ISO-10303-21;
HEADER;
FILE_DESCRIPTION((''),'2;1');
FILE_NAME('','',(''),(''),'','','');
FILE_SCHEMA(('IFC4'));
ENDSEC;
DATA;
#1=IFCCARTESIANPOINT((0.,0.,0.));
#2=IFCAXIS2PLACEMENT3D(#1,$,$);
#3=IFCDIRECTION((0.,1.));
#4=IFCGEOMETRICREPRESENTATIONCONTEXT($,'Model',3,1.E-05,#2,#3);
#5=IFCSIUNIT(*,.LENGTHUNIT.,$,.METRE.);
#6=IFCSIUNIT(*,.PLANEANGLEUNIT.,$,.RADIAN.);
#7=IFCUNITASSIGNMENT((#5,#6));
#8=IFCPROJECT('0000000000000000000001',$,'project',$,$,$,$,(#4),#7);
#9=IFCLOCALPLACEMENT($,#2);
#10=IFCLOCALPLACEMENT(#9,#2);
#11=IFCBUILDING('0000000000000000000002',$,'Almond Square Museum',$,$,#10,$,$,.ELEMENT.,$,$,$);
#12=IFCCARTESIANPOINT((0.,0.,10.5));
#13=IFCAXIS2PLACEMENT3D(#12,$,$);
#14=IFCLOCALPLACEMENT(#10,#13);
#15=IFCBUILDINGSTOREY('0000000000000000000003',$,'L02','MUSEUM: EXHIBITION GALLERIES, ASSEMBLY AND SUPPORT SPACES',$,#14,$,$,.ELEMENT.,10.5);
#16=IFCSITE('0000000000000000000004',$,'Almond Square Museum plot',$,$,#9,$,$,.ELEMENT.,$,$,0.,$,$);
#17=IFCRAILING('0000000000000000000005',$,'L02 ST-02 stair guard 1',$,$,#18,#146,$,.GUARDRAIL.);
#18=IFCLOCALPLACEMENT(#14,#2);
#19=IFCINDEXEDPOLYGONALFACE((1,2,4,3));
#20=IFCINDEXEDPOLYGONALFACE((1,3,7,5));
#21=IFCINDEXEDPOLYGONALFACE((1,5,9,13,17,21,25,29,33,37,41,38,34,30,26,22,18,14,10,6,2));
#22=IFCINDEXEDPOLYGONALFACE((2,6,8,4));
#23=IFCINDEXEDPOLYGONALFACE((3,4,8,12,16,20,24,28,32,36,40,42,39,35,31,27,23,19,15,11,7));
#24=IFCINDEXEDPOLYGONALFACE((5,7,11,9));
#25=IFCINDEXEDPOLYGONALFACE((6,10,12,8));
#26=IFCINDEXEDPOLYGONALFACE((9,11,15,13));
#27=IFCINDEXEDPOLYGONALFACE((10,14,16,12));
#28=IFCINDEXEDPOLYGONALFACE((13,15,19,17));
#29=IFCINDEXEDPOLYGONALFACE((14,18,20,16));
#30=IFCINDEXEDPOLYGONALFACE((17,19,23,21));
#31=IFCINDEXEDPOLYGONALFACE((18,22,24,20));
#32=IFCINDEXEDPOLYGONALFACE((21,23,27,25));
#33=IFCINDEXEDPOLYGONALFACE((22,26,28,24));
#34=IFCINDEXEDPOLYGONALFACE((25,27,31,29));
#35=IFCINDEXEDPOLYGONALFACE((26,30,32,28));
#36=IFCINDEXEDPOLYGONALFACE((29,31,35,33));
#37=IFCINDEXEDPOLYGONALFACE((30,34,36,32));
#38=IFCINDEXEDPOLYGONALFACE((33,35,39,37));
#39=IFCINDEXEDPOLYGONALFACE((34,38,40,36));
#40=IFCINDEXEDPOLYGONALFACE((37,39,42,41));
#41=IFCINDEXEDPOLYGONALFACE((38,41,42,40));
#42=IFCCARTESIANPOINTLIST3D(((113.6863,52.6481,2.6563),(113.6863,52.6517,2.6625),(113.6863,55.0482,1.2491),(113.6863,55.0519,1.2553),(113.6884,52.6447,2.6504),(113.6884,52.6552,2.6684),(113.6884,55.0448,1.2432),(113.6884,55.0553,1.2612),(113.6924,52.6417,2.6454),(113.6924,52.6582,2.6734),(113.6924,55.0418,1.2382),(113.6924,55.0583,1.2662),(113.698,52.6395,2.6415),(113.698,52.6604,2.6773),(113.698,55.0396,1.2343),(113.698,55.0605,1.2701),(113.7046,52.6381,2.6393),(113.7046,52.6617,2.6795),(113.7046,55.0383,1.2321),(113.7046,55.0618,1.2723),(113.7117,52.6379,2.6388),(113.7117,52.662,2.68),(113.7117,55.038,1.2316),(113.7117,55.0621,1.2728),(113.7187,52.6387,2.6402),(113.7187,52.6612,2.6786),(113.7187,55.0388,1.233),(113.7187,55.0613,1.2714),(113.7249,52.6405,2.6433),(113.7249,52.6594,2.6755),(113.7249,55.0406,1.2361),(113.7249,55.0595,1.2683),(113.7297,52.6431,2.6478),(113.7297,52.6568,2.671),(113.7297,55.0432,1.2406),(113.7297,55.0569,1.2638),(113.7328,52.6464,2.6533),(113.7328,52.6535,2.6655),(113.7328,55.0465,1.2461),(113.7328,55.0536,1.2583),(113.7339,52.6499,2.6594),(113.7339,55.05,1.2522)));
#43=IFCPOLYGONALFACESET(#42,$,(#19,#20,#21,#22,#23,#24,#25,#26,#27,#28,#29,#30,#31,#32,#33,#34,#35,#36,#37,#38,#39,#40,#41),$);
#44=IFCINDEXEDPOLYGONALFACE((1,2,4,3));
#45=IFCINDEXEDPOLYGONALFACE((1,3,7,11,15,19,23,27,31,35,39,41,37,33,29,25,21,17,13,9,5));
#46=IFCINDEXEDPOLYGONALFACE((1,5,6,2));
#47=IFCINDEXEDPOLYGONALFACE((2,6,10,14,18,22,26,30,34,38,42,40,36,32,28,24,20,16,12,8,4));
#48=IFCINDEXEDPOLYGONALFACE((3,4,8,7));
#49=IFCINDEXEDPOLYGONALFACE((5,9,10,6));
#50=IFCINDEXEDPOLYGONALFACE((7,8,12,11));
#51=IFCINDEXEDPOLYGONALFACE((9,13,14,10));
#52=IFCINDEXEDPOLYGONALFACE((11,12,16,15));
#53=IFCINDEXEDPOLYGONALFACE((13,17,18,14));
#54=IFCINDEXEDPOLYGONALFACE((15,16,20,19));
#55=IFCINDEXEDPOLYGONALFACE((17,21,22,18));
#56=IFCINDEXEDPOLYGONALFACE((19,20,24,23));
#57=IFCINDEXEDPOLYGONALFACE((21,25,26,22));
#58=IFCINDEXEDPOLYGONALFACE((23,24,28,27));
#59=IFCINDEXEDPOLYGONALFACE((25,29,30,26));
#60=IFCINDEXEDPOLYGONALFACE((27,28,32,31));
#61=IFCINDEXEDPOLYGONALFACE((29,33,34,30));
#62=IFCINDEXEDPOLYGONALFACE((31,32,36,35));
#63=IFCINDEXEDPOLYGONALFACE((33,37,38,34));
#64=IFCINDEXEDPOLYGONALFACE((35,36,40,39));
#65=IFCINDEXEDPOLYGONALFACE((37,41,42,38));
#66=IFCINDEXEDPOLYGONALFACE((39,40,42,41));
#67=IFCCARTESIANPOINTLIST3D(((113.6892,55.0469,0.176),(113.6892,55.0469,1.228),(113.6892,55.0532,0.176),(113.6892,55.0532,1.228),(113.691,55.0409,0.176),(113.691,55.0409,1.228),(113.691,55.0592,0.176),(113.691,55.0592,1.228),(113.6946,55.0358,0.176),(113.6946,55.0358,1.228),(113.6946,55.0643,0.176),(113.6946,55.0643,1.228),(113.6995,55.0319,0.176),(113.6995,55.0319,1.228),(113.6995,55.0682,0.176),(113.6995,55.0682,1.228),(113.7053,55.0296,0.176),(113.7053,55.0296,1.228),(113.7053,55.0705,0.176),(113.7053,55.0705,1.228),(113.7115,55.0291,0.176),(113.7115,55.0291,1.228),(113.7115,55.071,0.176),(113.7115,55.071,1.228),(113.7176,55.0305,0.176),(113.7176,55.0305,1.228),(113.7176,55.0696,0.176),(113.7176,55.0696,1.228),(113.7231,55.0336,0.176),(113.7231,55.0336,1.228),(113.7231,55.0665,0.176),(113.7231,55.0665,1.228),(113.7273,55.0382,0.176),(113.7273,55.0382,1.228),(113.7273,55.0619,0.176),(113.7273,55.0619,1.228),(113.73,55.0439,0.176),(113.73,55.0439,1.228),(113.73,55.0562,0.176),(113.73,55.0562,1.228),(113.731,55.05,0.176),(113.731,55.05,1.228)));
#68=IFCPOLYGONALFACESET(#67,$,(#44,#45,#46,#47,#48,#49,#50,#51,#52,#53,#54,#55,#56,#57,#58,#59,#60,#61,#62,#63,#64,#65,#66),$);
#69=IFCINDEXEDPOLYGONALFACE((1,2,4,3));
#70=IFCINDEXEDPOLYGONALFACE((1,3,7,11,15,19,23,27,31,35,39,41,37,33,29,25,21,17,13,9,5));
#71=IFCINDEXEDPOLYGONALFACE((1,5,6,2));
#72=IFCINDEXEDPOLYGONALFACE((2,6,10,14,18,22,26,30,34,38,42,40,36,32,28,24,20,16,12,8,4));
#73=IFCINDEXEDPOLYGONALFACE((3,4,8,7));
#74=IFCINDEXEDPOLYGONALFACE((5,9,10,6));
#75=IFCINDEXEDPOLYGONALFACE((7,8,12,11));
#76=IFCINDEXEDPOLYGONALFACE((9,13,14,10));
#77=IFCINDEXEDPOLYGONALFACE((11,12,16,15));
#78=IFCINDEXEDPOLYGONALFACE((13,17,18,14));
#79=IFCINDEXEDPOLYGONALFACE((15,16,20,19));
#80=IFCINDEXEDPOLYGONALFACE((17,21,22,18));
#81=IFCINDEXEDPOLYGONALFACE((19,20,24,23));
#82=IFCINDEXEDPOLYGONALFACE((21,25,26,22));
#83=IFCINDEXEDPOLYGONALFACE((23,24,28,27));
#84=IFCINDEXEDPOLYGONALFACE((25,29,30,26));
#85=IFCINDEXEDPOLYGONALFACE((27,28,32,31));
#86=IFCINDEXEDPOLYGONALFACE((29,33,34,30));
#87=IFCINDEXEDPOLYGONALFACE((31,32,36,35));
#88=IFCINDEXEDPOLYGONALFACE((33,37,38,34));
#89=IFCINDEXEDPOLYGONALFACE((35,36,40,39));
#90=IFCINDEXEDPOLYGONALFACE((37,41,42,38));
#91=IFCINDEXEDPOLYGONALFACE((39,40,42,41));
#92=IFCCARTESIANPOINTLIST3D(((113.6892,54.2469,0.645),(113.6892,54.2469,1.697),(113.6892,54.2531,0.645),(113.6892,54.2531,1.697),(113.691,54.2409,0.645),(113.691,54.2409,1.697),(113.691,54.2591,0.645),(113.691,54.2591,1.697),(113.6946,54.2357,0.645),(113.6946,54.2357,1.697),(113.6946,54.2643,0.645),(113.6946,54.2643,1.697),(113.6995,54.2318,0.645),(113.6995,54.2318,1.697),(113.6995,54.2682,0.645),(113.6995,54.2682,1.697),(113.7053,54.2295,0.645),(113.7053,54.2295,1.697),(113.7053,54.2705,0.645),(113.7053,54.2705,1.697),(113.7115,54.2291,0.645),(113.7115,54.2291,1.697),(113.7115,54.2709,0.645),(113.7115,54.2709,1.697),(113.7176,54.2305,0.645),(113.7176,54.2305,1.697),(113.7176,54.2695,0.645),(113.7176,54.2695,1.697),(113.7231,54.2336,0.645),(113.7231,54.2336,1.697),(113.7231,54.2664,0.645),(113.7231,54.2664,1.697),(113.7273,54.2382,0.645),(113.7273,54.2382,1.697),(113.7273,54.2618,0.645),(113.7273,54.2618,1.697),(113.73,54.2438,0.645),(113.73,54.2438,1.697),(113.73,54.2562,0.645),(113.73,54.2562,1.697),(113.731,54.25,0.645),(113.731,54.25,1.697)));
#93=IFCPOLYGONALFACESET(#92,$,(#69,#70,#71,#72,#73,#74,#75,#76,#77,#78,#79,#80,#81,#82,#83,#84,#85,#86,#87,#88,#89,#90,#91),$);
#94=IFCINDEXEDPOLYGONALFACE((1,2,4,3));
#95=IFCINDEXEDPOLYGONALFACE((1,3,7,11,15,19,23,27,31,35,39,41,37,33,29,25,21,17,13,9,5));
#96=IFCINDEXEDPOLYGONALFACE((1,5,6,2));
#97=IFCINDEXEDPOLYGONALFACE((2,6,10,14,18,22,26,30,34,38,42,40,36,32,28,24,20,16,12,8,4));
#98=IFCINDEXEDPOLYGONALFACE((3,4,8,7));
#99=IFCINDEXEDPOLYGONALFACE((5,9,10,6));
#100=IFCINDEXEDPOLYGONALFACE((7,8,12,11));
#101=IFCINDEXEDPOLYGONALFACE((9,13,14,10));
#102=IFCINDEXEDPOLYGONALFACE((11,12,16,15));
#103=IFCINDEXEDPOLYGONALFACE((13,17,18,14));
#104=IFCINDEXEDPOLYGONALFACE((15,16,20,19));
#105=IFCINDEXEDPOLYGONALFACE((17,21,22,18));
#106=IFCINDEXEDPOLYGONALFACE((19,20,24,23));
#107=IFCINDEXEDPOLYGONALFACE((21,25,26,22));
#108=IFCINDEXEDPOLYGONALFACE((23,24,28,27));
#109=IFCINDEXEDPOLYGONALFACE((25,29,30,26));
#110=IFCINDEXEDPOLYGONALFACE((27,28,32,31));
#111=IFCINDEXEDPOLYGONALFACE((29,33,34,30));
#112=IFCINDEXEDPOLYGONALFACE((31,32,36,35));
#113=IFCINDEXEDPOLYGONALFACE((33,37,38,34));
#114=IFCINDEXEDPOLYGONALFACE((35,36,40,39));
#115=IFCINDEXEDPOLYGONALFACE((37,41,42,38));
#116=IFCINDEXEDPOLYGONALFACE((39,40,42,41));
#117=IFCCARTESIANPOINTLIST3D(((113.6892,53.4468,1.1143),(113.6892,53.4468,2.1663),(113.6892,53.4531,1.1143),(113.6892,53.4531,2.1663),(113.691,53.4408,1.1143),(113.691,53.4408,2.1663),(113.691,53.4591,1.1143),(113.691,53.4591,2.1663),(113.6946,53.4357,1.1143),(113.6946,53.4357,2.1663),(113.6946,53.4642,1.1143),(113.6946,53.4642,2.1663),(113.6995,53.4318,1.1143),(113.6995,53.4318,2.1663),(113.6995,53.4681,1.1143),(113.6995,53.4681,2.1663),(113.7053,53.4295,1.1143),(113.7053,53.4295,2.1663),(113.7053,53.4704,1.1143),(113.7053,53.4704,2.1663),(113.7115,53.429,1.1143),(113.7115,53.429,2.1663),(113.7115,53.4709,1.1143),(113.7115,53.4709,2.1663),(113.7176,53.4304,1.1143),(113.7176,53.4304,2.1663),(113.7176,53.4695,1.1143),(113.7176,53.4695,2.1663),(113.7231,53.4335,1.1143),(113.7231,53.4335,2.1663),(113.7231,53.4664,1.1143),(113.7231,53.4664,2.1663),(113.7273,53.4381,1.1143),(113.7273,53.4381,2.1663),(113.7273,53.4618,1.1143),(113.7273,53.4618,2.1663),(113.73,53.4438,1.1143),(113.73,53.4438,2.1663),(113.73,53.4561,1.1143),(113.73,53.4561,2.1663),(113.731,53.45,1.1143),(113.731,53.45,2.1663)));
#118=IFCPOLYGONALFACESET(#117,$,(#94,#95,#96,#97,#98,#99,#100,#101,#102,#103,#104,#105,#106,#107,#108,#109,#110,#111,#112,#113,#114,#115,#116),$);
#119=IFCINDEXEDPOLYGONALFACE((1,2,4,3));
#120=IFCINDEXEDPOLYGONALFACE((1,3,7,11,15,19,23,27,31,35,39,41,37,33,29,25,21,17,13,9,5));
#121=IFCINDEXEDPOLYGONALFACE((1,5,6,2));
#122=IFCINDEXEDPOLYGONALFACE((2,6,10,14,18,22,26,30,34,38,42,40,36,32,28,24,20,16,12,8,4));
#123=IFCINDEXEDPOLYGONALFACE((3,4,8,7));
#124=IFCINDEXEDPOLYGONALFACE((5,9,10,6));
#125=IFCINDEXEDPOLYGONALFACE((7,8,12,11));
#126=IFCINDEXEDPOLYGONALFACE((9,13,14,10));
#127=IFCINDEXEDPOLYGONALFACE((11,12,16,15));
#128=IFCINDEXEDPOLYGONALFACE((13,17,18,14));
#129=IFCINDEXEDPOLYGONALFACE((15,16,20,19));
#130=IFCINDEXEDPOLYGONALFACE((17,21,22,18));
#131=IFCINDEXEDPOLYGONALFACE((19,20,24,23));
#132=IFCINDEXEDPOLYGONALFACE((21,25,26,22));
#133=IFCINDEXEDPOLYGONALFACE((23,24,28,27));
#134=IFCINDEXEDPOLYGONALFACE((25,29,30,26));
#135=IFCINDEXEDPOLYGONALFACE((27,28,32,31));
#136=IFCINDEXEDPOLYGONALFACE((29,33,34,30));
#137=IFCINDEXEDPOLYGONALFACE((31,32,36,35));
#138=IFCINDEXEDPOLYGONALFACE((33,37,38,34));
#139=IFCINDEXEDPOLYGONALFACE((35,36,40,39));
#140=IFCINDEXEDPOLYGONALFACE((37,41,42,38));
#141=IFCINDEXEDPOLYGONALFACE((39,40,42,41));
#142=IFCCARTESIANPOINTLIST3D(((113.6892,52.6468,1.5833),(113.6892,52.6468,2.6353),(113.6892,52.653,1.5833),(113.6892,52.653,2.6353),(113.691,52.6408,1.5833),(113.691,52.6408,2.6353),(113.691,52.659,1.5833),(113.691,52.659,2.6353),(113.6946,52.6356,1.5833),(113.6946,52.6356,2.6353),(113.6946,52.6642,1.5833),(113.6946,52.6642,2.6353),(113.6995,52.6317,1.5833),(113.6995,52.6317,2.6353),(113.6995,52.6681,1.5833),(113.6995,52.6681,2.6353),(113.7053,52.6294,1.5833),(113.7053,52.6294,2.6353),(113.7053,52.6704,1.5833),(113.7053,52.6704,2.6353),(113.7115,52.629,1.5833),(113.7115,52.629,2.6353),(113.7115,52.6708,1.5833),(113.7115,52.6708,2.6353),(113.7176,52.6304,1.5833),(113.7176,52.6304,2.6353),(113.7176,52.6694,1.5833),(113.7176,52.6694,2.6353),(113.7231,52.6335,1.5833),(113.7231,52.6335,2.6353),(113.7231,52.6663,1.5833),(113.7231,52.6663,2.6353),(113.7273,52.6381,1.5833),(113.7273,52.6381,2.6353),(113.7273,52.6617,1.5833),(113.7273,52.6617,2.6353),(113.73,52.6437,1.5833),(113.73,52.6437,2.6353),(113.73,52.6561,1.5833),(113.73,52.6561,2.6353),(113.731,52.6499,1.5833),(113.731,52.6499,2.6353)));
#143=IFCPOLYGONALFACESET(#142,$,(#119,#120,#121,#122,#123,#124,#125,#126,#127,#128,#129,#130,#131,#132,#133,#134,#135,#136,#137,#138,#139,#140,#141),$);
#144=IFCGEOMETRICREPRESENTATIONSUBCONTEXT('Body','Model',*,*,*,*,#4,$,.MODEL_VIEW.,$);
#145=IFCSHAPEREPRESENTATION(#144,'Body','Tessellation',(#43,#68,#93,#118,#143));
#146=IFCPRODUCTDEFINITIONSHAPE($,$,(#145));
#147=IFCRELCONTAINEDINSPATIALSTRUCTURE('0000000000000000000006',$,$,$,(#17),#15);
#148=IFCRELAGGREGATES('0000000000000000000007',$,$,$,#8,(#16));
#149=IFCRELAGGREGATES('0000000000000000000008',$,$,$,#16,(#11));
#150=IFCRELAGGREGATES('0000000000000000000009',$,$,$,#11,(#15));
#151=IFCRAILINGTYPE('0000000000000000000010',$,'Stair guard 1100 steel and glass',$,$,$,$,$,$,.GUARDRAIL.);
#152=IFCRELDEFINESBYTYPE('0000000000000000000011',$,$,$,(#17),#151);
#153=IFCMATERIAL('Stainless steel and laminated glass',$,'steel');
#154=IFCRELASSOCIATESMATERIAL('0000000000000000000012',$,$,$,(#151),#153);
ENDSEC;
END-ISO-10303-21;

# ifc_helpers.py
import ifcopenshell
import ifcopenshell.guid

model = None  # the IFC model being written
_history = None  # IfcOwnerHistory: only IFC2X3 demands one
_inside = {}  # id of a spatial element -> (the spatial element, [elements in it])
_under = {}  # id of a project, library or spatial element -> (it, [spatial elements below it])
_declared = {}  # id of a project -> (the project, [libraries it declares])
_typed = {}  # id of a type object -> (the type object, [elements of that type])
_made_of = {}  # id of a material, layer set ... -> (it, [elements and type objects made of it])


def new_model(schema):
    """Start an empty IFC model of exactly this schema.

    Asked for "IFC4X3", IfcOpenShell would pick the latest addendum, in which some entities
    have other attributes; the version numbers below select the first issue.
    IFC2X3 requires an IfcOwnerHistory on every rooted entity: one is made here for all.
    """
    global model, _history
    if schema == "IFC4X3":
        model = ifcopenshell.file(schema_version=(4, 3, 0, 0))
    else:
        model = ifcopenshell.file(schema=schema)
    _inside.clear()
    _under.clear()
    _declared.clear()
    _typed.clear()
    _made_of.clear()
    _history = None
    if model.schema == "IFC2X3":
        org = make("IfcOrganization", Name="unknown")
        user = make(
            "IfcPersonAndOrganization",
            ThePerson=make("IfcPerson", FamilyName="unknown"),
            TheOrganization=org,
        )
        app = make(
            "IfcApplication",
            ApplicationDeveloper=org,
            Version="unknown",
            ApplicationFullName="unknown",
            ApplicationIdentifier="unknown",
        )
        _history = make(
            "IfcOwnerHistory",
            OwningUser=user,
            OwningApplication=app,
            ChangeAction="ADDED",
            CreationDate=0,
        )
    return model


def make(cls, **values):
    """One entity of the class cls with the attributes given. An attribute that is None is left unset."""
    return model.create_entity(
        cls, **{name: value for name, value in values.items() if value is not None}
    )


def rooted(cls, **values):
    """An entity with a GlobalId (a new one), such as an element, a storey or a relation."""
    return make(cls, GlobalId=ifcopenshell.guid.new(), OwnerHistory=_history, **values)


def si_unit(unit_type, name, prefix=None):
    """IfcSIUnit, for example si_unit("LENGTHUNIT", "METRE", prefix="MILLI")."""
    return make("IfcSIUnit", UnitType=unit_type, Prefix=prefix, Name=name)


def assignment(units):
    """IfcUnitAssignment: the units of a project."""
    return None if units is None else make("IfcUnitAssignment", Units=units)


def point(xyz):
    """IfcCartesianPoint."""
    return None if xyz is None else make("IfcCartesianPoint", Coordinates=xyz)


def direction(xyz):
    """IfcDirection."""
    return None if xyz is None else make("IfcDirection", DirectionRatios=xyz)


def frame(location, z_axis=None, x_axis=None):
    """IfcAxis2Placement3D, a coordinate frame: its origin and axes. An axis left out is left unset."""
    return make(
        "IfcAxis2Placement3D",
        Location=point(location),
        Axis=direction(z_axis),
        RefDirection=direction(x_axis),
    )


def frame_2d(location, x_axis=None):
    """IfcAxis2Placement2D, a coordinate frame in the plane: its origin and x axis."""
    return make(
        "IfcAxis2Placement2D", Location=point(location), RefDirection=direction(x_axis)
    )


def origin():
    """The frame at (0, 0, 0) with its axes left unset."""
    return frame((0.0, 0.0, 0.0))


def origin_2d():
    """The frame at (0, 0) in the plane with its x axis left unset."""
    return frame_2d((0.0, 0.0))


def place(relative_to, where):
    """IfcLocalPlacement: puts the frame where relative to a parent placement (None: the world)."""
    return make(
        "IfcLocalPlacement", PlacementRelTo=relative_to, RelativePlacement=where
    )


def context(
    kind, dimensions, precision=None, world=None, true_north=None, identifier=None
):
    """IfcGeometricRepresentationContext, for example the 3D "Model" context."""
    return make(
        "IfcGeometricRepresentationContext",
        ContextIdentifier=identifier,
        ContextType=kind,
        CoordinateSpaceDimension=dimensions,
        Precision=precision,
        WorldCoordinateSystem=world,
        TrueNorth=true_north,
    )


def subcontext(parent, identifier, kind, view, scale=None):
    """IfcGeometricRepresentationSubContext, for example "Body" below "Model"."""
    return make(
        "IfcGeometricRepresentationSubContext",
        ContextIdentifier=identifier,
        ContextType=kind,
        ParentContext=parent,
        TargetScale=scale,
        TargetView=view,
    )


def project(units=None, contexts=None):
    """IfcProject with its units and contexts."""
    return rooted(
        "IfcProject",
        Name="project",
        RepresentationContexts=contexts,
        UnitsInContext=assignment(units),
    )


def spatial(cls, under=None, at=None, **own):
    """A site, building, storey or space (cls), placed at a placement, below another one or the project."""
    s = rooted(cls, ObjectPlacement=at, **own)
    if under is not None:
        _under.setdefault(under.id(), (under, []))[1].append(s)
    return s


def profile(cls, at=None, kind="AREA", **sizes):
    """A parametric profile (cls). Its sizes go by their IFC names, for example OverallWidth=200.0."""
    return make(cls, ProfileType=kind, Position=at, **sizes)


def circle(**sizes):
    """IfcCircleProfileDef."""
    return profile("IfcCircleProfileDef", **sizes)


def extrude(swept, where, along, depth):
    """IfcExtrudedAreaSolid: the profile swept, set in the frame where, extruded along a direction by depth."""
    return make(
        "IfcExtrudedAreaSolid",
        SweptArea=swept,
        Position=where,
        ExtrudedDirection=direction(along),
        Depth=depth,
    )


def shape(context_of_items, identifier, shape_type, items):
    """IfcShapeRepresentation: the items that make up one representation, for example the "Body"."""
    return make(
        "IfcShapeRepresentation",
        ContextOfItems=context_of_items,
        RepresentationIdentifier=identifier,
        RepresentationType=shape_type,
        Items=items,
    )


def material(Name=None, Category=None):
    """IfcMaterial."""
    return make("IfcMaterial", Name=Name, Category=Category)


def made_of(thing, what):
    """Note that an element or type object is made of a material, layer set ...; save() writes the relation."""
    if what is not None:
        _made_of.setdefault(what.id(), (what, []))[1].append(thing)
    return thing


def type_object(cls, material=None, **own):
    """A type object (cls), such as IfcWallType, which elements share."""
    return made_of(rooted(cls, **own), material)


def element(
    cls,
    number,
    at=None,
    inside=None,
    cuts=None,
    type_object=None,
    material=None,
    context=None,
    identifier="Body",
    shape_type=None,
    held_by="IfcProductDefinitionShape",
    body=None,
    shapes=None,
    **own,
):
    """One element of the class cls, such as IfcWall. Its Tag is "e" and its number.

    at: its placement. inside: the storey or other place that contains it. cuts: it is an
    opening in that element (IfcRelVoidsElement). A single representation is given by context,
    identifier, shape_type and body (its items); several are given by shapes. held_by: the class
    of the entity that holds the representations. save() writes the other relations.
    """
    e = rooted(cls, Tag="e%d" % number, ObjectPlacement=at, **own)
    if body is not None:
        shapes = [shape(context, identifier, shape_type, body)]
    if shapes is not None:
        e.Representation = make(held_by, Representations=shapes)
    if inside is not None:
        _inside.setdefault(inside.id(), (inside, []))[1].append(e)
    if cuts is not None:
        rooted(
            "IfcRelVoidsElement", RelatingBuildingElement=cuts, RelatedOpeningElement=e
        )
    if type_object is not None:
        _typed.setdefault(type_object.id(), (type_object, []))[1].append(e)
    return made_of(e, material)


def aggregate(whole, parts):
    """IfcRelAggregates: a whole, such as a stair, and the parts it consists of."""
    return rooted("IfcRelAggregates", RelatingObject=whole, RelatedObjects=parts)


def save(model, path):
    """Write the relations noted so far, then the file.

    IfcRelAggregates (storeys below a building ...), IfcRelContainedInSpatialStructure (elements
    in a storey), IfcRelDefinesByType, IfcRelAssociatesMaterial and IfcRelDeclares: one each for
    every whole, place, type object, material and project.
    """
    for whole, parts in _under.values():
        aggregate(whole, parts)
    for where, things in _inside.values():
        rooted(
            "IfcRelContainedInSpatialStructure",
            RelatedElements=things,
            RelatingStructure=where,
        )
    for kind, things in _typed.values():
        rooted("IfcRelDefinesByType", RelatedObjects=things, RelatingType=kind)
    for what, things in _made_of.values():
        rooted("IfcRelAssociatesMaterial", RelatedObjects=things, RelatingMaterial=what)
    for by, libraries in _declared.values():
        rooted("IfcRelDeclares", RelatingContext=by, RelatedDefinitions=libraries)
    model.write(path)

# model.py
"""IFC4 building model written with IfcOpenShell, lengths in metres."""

from ifc_helpers import new_model, si_unit, direction, frame, origin, origin_2d, place, context, subcontext, project, spatial, circle, extrude, material, type_object, element, save


model = new_model("IFC4")

# Units and contexts
model_context = context("Model", 3, precision=1e-05, world=origin(), true_north=direction((0.0, 1.0)))
body_context = subcontext(model_context, "Body", "Model", "MODEL_VIEW")
ifc_project = project(units=[si_unit("LENGTHUNIT", "METRE"), si_unit("PLANEANGLEUNIT", "RADIAN")], contexts=[model_context])

# Site, building, storey
site_placement = place(None, origin())
site = spatial("IfcSite", under=ifc_project, at=site_placement, Name="Almond Square Museum plot", CompositionType="ELEMENT", RefElevation=0.0)
building_placement = place(site_placement, origin())
building = spatial("IfcBuilding", under=site, at=building_placement, Name="Almond Square Museum", CompositionType="ELEMENT")
storey_placement = place(building_placement, frame((0.0, 0.0, 10.5)))
storey = spatial("IfcBuildingStorey", under=building, at=storey_placement, Name="L02", Description="MUSEUM: EXHIBITION GALLERIES, ASSEMBLY AND SUPPORT SPACES", CompositionType="ELEMENT", Elevation=10.5)

# Railing
ifc_material_1 = material(Name="Stainless steel and laminated glass", Category="steel")
railing_type_1 = type_object("IfcRailingType", Name="Stair guard 1100 steel and glass", PredefinedType="GUARDRAIL", material=ifc_material_1)
railing_1_placement = place(storey_placement, frame((113.71, 55.05, 0.176)))
element("IfcRailing", 1, at=railing_1_placement, inside=storey, type_object=railing_type_1, Name="L02 ST-02 stair guard 1", PredefinedType="GUARDRAIL", context=body_context, shape_type="SweptSolid", body=[
    extrude(circle(Radius=0.0239, at=origin_2d()), frame((0.0, 0.0, 1.0762), z_axis=(0.0, -0.86266, 0.505785), x_axis=(1.0, 0.0, 0.0)), (0.0, 0.0, 1.0), 2.7822),
    extrude(circle(Radius=0.021, at=origin_2d()), origin(), (0.0, 0.0, 1.0), 1.052),
    extrude(circle(Radius=0.021, at=origin_2d()), frame((0.0, -0.8, 0.469)), (0.0, 0.0, 1.0), 1.052),
    extrude(circle(Radius=0.021, at=origin_2d()), frame((0.0, -1.6001, 0.9382)), (0.0, 0.0, 1.0), 1.052),
    extrude(circle(Radius=0.021, at=origin_2d()), frame((0.0, -2.4001, 1.4072)), (0.0, 0.0, 1.0), 1.052),
])

save(model, "model.ifc")
